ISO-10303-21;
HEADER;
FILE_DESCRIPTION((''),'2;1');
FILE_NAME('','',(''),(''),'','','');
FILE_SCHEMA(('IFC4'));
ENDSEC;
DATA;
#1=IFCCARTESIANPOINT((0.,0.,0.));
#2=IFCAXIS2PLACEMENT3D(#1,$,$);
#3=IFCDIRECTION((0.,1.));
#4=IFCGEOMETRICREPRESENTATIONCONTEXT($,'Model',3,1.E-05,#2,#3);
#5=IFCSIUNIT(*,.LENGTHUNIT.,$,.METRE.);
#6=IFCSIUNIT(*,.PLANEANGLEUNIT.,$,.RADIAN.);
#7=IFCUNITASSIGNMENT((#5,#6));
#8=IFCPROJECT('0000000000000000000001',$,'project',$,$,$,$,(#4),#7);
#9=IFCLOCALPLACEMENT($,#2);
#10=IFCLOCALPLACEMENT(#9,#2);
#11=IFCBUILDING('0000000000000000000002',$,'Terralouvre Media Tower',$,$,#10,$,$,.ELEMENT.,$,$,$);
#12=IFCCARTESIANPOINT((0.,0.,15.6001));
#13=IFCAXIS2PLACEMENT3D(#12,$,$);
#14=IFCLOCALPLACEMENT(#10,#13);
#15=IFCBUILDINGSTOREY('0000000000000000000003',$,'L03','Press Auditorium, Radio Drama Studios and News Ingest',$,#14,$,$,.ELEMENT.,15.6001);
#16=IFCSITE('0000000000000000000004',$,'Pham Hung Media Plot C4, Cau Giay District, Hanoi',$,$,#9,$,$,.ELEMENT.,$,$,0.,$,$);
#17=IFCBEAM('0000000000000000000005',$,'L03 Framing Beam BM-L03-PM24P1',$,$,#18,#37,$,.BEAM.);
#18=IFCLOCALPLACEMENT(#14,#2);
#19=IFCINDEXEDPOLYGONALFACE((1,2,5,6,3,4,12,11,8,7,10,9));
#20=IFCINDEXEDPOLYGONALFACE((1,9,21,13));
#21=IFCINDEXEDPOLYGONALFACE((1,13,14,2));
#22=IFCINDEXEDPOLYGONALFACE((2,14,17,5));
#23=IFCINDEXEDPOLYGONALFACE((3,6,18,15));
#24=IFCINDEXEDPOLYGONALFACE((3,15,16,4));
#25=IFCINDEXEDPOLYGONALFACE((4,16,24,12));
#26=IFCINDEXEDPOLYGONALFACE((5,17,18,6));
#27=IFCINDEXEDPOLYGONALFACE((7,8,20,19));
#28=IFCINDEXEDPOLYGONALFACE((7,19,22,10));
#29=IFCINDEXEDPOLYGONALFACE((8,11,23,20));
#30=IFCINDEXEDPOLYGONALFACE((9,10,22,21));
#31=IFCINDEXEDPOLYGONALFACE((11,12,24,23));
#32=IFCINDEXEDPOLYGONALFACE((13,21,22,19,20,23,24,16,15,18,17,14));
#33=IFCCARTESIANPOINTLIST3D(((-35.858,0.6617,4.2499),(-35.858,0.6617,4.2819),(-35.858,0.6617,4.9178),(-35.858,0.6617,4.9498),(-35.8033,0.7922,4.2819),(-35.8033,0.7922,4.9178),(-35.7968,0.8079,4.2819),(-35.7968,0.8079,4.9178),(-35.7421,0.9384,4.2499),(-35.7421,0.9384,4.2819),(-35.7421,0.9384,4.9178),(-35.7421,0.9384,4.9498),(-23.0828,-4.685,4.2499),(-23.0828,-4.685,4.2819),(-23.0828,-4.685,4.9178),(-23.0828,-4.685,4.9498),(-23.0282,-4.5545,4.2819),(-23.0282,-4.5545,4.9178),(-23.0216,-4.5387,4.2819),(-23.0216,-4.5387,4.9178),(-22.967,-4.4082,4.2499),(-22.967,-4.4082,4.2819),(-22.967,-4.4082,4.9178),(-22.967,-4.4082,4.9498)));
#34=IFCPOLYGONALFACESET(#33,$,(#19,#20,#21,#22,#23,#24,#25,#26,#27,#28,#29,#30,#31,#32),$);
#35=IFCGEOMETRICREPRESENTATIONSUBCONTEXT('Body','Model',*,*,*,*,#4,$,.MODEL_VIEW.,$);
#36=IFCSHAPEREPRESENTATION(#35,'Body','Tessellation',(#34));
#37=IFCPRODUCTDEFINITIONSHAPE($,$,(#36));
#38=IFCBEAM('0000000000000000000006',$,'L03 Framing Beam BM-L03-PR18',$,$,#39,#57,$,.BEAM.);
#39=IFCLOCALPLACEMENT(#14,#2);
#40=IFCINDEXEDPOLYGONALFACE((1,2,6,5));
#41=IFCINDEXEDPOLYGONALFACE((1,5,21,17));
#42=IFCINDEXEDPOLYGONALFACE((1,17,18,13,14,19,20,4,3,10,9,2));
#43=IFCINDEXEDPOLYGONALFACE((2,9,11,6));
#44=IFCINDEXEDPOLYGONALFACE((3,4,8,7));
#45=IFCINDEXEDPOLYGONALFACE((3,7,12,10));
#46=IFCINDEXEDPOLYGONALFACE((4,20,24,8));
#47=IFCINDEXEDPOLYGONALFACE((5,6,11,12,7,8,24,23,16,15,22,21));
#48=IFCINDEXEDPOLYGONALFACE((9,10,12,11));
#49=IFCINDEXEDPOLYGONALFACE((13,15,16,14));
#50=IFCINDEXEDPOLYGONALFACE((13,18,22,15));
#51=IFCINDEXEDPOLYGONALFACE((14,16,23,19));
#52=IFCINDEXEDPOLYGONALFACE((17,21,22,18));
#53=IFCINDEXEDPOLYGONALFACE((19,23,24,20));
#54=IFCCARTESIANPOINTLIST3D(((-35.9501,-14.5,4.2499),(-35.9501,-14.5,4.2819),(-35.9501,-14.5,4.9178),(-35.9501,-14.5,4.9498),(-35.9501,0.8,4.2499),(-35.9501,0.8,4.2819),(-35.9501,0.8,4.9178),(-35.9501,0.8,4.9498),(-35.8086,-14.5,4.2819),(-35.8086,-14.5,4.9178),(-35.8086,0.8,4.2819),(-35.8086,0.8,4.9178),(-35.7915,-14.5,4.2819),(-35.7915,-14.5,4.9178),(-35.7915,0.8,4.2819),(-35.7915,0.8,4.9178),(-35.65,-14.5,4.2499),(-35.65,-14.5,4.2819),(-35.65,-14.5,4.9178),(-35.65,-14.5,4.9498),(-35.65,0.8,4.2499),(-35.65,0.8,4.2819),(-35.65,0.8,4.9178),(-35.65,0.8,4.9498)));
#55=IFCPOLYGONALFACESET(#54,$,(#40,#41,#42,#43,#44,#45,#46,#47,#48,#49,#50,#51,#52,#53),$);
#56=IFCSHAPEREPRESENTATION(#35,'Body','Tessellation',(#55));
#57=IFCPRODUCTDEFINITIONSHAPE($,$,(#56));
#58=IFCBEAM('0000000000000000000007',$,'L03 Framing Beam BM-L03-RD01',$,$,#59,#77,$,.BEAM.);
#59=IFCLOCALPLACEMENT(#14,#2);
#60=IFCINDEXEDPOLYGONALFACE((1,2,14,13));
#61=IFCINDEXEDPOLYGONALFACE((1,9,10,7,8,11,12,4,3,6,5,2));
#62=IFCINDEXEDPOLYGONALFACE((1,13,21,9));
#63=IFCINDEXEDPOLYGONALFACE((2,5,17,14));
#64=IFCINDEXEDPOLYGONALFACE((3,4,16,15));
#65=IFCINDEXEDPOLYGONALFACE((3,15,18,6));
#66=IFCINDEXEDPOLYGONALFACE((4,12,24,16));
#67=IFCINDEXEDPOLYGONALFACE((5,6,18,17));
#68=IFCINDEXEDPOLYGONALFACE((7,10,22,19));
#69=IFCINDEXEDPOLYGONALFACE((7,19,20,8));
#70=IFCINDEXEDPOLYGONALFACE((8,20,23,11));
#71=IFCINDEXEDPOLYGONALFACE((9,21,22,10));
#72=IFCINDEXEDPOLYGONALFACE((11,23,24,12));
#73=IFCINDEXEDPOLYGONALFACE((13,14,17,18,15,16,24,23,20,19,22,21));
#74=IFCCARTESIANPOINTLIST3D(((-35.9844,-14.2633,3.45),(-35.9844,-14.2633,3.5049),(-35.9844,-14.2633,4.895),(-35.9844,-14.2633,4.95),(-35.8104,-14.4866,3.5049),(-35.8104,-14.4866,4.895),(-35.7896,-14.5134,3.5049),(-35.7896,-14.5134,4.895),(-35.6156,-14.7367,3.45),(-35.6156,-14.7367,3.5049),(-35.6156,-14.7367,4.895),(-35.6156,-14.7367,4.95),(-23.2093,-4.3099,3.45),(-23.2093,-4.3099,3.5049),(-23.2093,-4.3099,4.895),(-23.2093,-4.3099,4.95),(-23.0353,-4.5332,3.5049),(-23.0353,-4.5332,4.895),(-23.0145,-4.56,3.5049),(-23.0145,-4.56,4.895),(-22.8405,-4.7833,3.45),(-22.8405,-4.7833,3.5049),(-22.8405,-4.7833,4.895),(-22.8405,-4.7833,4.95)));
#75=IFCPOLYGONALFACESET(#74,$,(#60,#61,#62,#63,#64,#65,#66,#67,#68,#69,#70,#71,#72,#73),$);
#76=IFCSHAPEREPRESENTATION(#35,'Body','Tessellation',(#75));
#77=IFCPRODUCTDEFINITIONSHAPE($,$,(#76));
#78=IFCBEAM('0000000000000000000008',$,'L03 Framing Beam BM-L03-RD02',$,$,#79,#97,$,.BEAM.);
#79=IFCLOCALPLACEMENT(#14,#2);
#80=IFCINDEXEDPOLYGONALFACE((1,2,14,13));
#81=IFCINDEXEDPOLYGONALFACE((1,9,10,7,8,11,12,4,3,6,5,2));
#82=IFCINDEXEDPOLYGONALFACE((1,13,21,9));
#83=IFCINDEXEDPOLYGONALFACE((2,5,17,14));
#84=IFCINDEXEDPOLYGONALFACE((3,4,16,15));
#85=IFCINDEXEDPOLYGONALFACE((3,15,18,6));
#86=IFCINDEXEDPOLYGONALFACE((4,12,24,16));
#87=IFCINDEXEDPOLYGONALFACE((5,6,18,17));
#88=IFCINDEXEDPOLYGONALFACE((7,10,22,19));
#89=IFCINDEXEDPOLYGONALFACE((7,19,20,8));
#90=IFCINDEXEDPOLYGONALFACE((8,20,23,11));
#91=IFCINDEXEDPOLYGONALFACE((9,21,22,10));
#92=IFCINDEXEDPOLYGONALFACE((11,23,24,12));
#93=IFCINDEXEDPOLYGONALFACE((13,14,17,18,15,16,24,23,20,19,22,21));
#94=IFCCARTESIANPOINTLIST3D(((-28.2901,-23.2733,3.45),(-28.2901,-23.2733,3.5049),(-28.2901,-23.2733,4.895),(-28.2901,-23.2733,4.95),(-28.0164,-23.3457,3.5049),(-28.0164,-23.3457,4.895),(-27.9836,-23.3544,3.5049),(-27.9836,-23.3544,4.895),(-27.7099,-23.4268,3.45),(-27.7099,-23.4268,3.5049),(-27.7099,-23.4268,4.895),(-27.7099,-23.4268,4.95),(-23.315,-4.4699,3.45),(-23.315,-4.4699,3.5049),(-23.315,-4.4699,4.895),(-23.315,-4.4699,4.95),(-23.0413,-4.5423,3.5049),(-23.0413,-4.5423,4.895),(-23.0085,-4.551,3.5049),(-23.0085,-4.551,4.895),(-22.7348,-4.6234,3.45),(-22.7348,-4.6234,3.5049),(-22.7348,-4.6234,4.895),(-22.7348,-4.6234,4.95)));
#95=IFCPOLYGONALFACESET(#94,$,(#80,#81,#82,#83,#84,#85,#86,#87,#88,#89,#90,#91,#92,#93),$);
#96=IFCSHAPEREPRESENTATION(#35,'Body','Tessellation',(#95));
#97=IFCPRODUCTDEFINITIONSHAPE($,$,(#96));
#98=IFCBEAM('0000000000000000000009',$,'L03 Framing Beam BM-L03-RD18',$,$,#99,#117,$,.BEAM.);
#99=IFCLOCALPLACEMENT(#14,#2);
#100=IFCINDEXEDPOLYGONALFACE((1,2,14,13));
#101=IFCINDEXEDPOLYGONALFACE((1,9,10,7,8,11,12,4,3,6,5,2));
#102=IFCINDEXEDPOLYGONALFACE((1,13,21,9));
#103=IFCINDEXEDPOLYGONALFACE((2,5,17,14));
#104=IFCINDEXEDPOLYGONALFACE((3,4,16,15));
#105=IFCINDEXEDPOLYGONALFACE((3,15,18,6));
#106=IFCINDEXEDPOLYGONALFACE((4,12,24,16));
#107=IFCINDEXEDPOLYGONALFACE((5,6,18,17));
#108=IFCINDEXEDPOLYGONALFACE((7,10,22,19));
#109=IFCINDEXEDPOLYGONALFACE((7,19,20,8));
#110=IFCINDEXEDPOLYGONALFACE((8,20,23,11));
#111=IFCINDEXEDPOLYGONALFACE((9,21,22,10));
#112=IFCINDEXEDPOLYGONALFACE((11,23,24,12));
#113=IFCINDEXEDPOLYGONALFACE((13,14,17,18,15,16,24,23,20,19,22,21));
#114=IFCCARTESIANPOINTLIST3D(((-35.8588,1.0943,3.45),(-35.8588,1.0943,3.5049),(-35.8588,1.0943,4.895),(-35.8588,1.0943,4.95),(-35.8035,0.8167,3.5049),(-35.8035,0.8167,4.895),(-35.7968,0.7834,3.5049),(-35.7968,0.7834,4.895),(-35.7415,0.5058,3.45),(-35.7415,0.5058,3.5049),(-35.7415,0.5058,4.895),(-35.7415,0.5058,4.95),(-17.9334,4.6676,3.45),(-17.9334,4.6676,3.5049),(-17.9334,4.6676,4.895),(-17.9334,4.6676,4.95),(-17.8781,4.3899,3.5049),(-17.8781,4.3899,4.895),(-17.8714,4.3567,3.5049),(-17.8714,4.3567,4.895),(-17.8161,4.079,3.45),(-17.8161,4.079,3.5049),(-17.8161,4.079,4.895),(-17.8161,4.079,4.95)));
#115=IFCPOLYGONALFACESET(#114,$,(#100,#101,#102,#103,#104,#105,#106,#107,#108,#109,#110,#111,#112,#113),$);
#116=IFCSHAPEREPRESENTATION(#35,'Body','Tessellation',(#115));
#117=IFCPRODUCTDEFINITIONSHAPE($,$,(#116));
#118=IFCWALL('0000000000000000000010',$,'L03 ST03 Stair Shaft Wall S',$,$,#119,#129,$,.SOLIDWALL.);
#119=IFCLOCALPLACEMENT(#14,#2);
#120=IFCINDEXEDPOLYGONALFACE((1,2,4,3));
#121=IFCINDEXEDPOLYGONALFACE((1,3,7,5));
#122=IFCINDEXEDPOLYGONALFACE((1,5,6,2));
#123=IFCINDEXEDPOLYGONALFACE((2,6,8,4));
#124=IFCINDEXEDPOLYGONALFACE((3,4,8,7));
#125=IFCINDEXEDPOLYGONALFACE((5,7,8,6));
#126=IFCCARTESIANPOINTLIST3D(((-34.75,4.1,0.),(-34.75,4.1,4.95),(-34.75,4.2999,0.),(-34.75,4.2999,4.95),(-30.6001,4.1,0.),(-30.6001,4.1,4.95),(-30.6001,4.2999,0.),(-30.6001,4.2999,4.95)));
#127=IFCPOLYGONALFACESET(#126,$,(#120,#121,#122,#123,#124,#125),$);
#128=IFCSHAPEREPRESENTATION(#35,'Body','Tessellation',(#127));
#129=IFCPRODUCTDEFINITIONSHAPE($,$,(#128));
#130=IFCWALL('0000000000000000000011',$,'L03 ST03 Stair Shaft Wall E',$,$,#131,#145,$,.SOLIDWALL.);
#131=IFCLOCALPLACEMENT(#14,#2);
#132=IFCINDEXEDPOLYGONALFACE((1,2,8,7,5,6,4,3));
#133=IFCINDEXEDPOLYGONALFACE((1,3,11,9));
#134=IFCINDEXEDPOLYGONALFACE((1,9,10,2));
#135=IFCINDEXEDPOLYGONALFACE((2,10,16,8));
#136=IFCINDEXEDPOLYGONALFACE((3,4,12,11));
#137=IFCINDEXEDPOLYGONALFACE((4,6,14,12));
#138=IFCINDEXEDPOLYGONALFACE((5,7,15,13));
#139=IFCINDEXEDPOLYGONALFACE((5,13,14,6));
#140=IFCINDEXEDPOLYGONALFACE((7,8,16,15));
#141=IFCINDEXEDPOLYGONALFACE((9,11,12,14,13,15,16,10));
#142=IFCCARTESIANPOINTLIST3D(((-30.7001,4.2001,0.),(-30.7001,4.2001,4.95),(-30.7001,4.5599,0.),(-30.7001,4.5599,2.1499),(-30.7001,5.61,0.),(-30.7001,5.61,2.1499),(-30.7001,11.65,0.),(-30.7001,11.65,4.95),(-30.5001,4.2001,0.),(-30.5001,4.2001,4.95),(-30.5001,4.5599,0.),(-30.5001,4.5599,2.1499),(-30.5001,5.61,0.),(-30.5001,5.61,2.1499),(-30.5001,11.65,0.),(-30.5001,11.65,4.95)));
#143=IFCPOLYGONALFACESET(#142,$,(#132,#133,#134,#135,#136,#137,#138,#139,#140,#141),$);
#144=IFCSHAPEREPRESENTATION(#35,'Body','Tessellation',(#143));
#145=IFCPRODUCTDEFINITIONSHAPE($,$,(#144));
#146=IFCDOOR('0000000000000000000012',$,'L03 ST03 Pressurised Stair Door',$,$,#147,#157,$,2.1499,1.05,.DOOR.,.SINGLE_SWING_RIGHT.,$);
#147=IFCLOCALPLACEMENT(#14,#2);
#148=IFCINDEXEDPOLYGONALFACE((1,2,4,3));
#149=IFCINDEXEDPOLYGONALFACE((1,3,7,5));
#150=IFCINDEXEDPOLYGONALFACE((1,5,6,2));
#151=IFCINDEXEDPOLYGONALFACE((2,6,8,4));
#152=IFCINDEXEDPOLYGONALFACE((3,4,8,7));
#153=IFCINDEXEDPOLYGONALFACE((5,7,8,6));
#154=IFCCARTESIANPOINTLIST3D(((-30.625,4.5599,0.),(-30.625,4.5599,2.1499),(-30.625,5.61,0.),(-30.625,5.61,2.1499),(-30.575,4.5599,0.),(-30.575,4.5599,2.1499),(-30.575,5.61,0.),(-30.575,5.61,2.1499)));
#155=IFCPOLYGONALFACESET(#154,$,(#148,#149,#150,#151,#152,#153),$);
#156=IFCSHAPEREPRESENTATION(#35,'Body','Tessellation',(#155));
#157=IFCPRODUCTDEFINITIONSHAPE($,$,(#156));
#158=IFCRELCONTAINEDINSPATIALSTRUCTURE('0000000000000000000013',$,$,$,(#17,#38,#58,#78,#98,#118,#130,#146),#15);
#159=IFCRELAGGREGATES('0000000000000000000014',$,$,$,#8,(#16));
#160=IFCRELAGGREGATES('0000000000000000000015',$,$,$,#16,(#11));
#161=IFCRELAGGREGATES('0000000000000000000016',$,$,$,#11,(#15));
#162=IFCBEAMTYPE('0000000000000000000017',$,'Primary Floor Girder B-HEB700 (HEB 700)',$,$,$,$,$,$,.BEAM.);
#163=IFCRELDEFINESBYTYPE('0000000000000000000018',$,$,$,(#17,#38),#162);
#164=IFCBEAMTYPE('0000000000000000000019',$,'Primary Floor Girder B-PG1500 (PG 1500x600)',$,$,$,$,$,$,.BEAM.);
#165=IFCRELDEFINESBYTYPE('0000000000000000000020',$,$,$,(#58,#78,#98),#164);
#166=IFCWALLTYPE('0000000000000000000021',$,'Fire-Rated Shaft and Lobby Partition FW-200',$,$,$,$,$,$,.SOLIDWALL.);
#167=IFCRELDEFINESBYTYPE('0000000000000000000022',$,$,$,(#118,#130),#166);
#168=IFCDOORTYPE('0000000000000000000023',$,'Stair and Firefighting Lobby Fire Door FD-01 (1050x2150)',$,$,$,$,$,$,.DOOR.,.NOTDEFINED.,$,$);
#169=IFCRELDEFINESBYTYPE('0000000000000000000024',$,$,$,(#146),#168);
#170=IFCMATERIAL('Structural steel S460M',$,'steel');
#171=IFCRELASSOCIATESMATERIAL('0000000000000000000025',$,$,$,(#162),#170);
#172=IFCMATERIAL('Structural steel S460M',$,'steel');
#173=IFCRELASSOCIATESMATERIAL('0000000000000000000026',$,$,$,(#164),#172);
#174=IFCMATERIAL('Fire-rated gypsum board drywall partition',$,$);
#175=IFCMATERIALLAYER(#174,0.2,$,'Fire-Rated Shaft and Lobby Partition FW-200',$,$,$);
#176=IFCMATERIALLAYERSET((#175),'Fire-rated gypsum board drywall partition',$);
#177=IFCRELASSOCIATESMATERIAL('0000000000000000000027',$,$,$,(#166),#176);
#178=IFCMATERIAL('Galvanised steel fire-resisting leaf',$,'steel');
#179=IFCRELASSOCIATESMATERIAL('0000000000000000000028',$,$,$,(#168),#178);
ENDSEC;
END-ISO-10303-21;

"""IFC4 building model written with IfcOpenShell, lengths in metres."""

from ifc_helpers import new_model, si_unit, direction, frame, frame_2d, origin, origin_2d, place, context, subcontext, project, spatial, rectangle, i_section, extrude, material, layer, layer_set, material_profile, profile_set, type_object, element, fill, save


model = new_model("IFC4")

# Units and contexts
model_context = context("Model", 3, precision=1e-05, world=origin(), true_north=direction((0.0, 1.0)))
body_context = subcontext(model_context, "Body", "Model", "MODEL_VIEW")
ifc_project = project(units=[si_unit("LENGTHUNIT", "METRE"), si_unit("PLANEANGLEUNIT", "RADIAN")], contexts=[model_context])

# Site, building, storey
site_placement = place(None, origin())
site = spatial("IfcSite", under=ifc_project, at=site_placement, Name="Pham Hung Media Plot C4, Cau Giay District, Hanoi", CompositionType="ELEMENT", RefElevation=0.0)
building_placement = place(site_placement, origin())
building = spatial("IfcBuilding", under=site, at=building_placement, Name="Terralouvre Media Tower", CompositionType="ELEMENT")
storey_placement = place(building_placement, frame((0.0, 0.0, 15.6001)))
storey = spatial("IfcBuildingStorey", under=building, at=storey_placement, Name="L03", Description="Press Auditorium, Radio Drama Studios and News Ingest", CompositionType="ELEMENT", Elevation=15.6001)

# Beams
ifc_material_1 = material(Name="Structural steel S460M", Category="steel")
ifc_material_profile_1 = material_profile(ifc_material_1, i_section(OverallWidth=0.3, OverallDepth=0.7, WebThickness=0.0171, FlangeThickness=0.032, at=origin_2d()), Name="HEB 700")
ifc_profile_set_1 = profile_set([ifc_material_profile_1], Name="Structural steel S460M")
beam_type_1 = type_object("IfcBeamType", Name="Primary Floor Girder B-HEB700 (HEB 700)", PredefinedType="BEAM", material=ifc_profile_set_1)
beam_1_placement = place(storey_placement, frame((-23.0249, -4.5466, 4.5999), z_axis=(-0.922468, 0.386073, 0.0), x_axis=(-0.386073, -0.922468, 0.0)))
element("IfcBeam", 1, at=beam_1_placement, inside=storey, type_object=beam_type_1, Name="L03 Framing Beam BM-L03-PM24P1", PredefinedType="BEAM", context=body_context, shape_type="SweptSolid", body=[
    extrude(i_section(OverallWidth=0.3, OverallDepth=0.7, WebThickness=0.0171, FlangeThickness=0.032, at=origin_2d()), origin(), (0.0, 0.0, 1.0), 13.8489),
])
beam_2_placement = place(storey_placement, frame((-35.8, 0.8, 4.5999), z_axis=(0.0, -1.0, 0.0), x_axis=(1.0, 0.0, 0.0)))
element("IfcBeam", 2, at=beam_2_placement, inside=storey, type_object=beam_type_1, Name="L03 Framing Beam BM-L03-PR18", PredefinedType="BEAM", context=body_context, shape_type="SweptSolid", body=[
    extrude(i_section(OverallWidth=0.3, OverallDepth=0.7, WebThickness=0.0171, FlangeThickness=0.032, at=origin_2d()), origin(), (0.0, 0.0, 1.0), 15.3),
])
ifc_material_2 = material(Name="Structural steel S460M", Category="steel")
ifc_material_profile_2 = material_profile(ifc_material_2, i_section(OverallWidth=0.6001, OverallDepth=1.5, WebThickness=0.0339, FlangeThickness=0.0549, at=origin_2d()), Name="PG 1500x600")
ifc_profile_set_2 = profile_set([ifc_material_profile_2], Name="Structural steel S460M")
beam_type_2 = type_object("IfcBeamType", Name="Primary Floor Girder B-PG1500 (PG 1500x600)", PredefinedType="BEAM", material=ifc_profile_set_2)
beam_3_placement = place(storey_placement, frame((-23.0249, -4.5466, 4.2), z_axis=(-0.788839, -0.6146, 0.0), x_axis=(0.6146, -0.788839, 0.0)))
element("IfcBeam", 3, at=beam_3_placement, inside=storey, type_object=beam_type_2, Name="L03 Framing Beam BM-L03-RD01", PredefinedType="BEAM", context=body_context, shape_type="SweptSolid", body=[
    extrude(i_section(OverallWidth=0.6001, OverallDepth=1.5, WebThickness=0.0339, FlangeThickness=0.0549, at=origin_2d()), origin(), (0.0, 0.0, 1.0), 16.1948),
])
beam_4_placement = place(storey_placement, frame((-23.0249, -4.5466, 4.2), z_axis=(-0.255783, -0.966734, 0.0), x_axis=(0.966734, -0.255783, 0.0)))
element("IfcBeam", 4, at=beam_4_placement, inside=storey, type_object=beam_type_2, Name="L03 Framing Beam BM-L03-RD02", PredefinedType="BEAM", context=body_context, shape_type="SweptSolid", body=[
    extrude(i_section(OverallWidth=0.6001, OverallDepth=1.5, WebThickness=0.0339, FlangeThickness=0.0549, at=origin_2d()), origin(), (0.0, 0.0, 1.0), 19.4504),
])
beam_5_placement = place(storey_placement, frame((-17.8748, 4.3733, 4.2), z_axis=(-0.980705, -0.195494, 0.0), x_axis=(0.195494, -0.980705, 0.0)))
element("IfcBeam", 5, at=beam_5_placement, inside=storey, type_object=beam_type_2, Name="L03 Framing Beam BM-L03-RD18", PredefinedType="BEAM", context=body_context, shape_type="SweptSolid", body=[
    extrude(i_section(OverallWidth=0.6001, OverallDepth=1.5, WebThickness=0.0339, FlangeThickness=0.0549, at=origin_2d()), origin(), (0.0, 0.0, 1.0), 18.2781),
])

# Wall
ifc_material_3 = material(Name="Fire-rated gypsum board drywall partition")
ifc_layer_1 = layer(ifc_material_3, 0.2, Name="Fire-Rated Shaft and Lobby Partition FW-200")
ifc_layer_set_1 = layer_set([ifc_layer_1], Name="Fire-rated gypsum board drywall partition")
wall_type_1 = type_object("IfcWallType", Name="Fire-Rated Shaft and Lobby Partition FW-200", PredefinedType="SOLIDWALL", material=ifc_layer_set_1)
wall_1_placement = place(storey_placement, frame((-34.75, 4.2, 0.0), z_axis=(0.0, 0.0, 1.0), x_axis=(1.0, 0.0, 0.0)))
element("IfcWall", 6, at=wall_1_placement, inside=storey, type_object=wall_type_1, Name="L03 ST03 Stair Shaft Wall S", PredefinedType="SOLIDWALL", context=body_context, shape_type="SweptSolid", body=[
    extrude(rectangle(XDim=4.1499, YDim=0.2, at=frame_2d((2.075, 0.0))), origin(), (0.0, 0.0, 1.0), 4.95),
])

# Wall, opening, door
wall_2_placement = place(storey_placement, frame((-30.6001, 4.2, 0.0), z_axis=(0.0, 0.0, 1.0), x_axis=(0.0, 1.0, 0.0)))
wall_2 = element("IfcWall", 7, at=wall_2_placement, inside=storey, type_object=wall_type_1, Name="L03 ST03 Stair Shaft Wall E", PredefinedType="SOLIDWALL", context=body_context, shape_type="SweptSolid", body=[
    extrude(rectangle(XDim=7.45, YDim=0.2, at=frame_2d((3.7251, 0.0))), origin(), (0.0, 0.0, 1.0), 4.95),
])
opening_1_placement = place(wall_2_placement, frame((0.3601, 0.0, 0.0)))
opening_1 = element("IfcOpeningElement", 8, at=opening_1_placement, cuts=wall_2, PredefinedType="OPENING", context=body_context, shape_type="SweptSolid", body=[
    extrude(rectangle(XDim=1.05, YDim=2.1499, at=frame_2d((0.5249, 1.075))), frame((0.0, 0.1099, 0.0), z_axis=(0.0, -1.0, 0.0), x_axis=(1.0, 0.0, 0.0)), (0.0, 0.0, 1.0), 0.22),
])
ifc_material_4 = material(Name="Galvanised steel fire-resisting leaf", Category="steel")
door_type_1 = type_object("IfcDoorType", Name="Stair and Firefighting Lobby Fire Door FD-01 (1050x2150)", OperationType="NOTDEFINED", PredefinedType="DOOR", material=ifc_material_4)
door_1_placement = place(opening_1_placement, origin())
door_1 = element("IfcDoor", 9, at=door_1_placement, inside=storey, type_object=door_type_1, Name="L03 ST03 Pressurised Stair Door", OperationType="SINGLE_SWING_RIGHT", OverallHeight=2.1499, OverallWidth=1.05, PredefinedType="DOOR", context=body_context, shape_type="SweptSolid", body=[
    extrude(rectangle(XDim=1.05, YDim=2.1499, at=frame_2d((0.5249, 1.075))), frame((0.0, 0.0249, 0.0), z_axis=(0.0, -1.0, 0.0), x_axis=(1.0, 0.0, 0.0)), (0.0, 0.0, 1.0), 0.05),
])
fill(opening_1, door_1)

save(model, "model.ifc")
